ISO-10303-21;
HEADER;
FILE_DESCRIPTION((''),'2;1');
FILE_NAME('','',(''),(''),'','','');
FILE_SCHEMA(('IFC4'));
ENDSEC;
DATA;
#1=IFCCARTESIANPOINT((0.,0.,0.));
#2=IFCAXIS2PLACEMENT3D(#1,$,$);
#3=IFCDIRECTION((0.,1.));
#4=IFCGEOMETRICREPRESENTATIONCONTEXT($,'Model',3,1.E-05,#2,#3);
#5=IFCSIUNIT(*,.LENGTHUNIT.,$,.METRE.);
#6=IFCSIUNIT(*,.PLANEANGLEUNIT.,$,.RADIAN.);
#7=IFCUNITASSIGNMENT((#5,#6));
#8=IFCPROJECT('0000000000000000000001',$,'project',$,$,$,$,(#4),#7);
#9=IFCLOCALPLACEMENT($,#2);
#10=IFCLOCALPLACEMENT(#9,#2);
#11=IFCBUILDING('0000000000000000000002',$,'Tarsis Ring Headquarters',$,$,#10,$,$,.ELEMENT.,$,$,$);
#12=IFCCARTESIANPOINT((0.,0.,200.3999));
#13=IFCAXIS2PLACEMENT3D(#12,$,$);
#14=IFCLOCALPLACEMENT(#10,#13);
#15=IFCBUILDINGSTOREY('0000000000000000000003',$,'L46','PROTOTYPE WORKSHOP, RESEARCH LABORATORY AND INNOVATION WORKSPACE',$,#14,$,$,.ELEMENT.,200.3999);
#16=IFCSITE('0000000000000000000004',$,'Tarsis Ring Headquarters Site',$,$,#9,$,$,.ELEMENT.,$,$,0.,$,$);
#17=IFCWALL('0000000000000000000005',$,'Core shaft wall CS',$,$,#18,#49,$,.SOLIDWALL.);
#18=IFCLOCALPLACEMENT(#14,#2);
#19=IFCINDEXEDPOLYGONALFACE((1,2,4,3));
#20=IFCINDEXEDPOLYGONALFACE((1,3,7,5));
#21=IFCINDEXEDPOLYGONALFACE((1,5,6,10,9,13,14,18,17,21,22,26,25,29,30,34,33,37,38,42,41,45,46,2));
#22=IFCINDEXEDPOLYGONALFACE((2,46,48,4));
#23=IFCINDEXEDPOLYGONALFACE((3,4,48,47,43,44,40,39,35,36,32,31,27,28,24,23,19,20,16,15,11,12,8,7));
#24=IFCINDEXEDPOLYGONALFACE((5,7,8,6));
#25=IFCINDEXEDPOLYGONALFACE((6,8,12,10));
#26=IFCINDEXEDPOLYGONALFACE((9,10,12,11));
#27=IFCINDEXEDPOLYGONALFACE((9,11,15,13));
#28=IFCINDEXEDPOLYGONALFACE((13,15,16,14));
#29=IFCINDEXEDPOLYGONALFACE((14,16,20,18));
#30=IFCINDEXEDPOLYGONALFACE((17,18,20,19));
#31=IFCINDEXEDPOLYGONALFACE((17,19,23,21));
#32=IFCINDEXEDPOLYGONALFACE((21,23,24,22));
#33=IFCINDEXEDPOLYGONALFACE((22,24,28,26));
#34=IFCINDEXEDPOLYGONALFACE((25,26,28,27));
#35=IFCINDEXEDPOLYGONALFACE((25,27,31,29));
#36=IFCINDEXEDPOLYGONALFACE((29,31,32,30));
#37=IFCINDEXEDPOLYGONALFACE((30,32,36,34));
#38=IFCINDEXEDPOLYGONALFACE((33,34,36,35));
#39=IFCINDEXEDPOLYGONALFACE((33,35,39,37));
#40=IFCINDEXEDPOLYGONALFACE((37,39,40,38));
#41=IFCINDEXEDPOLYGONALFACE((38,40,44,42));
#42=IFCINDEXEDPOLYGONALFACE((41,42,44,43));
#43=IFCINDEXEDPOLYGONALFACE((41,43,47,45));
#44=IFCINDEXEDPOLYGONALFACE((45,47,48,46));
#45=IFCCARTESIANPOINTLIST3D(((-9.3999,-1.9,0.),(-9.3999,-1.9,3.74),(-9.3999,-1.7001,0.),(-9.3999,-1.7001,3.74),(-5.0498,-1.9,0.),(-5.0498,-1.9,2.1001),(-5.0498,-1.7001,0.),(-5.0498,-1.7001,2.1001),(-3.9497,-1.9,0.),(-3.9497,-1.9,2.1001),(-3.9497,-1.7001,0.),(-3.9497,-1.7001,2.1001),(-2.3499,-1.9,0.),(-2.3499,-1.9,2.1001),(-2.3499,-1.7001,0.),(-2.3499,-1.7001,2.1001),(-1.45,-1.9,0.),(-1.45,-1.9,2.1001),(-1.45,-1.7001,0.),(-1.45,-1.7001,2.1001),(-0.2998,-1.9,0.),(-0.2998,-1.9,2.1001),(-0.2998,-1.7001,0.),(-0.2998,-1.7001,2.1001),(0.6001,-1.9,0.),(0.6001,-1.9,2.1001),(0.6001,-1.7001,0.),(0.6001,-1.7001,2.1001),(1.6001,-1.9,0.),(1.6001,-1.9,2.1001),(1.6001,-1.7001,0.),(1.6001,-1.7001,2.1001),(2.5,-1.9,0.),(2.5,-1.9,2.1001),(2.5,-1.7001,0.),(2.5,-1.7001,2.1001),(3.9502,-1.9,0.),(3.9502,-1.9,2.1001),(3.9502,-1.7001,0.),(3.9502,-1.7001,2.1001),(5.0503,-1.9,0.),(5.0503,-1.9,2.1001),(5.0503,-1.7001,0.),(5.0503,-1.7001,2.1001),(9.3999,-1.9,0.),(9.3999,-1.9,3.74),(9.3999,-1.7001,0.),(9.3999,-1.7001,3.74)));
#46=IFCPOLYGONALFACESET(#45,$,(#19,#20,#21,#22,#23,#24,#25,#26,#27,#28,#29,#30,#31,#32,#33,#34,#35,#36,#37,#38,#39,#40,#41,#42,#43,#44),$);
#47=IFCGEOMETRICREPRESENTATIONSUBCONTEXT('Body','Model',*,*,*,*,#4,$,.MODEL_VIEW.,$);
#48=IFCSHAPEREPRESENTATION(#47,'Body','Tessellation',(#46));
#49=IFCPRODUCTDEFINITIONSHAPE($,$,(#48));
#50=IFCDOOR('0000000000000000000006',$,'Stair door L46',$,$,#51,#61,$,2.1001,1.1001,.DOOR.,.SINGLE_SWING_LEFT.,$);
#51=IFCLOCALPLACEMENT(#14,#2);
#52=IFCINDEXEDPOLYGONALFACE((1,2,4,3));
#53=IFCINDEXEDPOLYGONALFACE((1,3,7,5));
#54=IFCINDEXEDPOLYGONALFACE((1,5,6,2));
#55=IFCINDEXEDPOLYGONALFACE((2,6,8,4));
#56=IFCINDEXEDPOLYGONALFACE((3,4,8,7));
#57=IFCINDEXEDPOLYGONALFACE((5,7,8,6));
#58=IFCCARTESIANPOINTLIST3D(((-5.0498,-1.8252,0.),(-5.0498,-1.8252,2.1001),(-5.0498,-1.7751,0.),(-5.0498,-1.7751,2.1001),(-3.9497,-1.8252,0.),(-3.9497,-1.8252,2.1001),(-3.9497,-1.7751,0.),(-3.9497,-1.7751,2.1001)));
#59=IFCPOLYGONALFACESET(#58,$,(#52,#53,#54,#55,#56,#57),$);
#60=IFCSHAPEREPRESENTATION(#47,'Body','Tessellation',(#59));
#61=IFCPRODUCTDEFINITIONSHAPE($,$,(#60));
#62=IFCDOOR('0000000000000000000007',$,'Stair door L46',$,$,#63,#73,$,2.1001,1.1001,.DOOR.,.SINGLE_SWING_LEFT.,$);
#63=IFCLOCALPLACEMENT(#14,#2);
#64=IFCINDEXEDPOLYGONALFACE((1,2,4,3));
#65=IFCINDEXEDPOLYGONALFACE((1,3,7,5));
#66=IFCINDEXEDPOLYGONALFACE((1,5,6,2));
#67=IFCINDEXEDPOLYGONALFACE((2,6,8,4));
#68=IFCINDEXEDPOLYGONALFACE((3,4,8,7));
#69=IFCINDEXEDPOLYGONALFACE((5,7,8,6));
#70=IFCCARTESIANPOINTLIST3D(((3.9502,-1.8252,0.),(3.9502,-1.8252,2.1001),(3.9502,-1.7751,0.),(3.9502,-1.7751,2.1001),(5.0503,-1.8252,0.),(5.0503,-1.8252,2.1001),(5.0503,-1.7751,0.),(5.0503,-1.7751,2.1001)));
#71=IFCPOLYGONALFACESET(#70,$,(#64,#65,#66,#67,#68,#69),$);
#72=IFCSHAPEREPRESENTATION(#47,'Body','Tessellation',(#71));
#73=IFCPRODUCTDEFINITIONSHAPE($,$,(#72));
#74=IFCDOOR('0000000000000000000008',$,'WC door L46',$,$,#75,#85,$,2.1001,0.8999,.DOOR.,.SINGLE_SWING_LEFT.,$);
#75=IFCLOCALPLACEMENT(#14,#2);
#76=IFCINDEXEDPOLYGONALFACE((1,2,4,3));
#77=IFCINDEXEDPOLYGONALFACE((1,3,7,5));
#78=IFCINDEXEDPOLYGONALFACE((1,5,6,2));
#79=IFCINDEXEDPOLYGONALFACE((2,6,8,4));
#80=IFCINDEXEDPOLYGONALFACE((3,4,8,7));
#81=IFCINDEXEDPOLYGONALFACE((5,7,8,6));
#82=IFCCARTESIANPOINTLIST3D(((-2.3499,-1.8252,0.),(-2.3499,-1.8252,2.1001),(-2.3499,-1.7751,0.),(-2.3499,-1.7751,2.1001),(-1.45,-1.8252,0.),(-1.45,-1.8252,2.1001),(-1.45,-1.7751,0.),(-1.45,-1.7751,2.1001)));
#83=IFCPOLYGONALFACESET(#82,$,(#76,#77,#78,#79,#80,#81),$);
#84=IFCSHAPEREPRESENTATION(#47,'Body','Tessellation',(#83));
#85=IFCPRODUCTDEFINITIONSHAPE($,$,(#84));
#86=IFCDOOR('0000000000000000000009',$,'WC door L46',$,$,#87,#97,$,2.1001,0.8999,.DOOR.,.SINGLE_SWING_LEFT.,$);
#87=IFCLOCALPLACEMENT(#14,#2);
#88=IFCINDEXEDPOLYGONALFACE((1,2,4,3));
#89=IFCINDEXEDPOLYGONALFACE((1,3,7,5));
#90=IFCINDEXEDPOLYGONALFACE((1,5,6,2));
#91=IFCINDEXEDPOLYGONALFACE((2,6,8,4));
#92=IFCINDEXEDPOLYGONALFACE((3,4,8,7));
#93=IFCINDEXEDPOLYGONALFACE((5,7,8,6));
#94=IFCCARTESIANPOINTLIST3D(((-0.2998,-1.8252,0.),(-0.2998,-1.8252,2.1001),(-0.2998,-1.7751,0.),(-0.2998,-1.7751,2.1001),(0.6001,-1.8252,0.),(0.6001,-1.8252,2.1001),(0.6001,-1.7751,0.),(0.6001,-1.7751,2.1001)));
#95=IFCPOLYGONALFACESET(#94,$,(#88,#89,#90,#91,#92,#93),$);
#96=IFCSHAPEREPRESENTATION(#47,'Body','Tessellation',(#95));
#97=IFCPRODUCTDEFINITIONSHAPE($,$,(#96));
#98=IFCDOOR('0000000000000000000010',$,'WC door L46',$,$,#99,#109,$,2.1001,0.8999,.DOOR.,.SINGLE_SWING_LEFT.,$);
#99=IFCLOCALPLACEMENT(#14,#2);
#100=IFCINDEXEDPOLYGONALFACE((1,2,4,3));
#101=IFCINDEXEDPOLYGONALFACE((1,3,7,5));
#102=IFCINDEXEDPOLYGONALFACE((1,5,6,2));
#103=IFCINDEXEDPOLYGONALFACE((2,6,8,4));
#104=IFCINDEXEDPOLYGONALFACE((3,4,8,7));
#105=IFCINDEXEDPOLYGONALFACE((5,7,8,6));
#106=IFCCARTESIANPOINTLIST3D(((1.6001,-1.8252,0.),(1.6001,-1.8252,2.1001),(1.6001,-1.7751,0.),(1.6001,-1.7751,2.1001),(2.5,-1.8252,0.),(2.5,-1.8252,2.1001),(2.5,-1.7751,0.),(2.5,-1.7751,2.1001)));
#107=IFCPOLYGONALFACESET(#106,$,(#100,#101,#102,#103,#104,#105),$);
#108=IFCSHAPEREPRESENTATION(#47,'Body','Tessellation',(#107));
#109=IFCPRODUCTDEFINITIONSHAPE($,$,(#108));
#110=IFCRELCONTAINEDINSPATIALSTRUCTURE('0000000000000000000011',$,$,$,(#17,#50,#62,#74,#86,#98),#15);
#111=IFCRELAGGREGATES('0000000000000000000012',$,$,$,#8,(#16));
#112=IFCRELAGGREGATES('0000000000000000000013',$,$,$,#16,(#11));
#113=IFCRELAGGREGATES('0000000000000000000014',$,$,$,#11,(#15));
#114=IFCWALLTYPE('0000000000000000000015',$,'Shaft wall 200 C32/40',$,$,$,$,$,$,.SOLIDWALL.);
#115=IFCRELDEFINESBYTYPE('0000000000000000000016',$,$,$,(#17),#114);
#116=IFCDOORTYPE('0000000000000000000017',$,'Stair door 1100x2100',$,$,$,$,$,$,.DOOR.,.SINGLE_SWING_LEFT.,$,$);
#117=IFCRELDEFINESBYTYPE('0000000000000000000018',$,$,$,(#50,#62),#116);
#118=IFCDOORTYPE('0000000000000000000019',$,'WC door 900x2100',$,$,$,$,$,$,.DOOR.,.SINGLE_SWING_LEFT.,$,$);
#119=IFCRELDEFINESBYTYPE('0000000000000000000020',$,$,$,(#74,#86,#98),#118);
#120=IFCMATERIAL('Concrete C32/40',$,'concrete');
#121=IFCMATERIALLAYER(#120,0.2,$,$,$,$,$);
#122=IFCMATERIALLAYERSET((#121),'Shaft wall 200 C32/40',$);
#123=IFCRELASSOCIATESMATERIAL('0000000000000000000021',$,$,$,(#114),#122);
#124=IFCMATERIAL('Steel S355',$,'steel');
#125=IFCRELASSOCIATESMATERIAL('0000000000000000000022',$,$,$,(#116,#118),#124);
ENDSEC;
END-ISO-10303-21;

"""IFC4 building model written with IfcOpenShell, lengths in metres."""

from ifc_helpers import new_model, si_unit, direction, frame, frame_2d, origin, place, context, subcontext, project, spatial, rectangle, extrude, material, layer, layer_set, type_object, element, fill, save


model = new_model("IFC4")

# Units and contexts
model_context = context("Model", 3, precision=1e-05, world=origin(), true_north=direction((0.0, 1.0)))
body_context = subcontext(model_context, "Body", "Model", "MODEL_VIEW")
ifc_project = project(units=[si_unit("LENGTHUNIT", "METRE"), si_unit("PLANEANGLEUNIT", "RADIAN")], contexts=[model_context])

# Site, building, storey
site_placement = place(None, origin())
site = spatial("IfcSite", under=ifc_project, at=site_placement, Name="Tarsis Ring Headquarters Site", CompositionType="ELEMENT", RefElevation=0.0)
building_placement = place(site_placement, origin())
building = spatial("IfcBuilding", under=site, at=building_placement, Name="Tarsis Ring Headquarters", CompositionType="ELEMENT")
storey_placement = place(building_placement, frame((0.0, 0.0, 200.3999)))
storey = spatial("IfcBuildingStorey", under=building, at=storey_placement, Name="L46", Description="PROTOTYPE WORKSHOP, RESEARCH LABORATORY AND INNOVATION WORKSPACE", CompositionType="ELEMENT", Elevation=200.3999)

# Shared definitions
ifc_material_1 = material(Name="Steel S355", Category="steel")

# Wall, openings, doors
ifc_material_2 = material(Name="Concrete C32/40", Category="concrete")
ifc_layer_1 = layer(ifc_material_2, 0.2)
ifc_layer_set_1 = layer_set([ifc_layer_1], Name="Shaft wall 200 C32/40")
wall_type_1 = type_object("IfcWallType", Name="Shaft wall 200 C32/40", PredefinedType="SOLIDWALL", material=ifc_layer_set_1)
door_type_1 = type_object("IfcDoorType", Name="Stair door 1100x2100", OperationType="SINGLE_SWING_LEFT", PredefinedType="DOOR", material=ifc_material_1)
wall_1_placement = place(storey_placement, frame((-9.3999, -1.8, 0.0), z_axis=(0.0, 0.0, 1.0), x_axis=(1.0, 0.0, 0.0)))
wall_1 = element("IfcWall", 1, at=wall_1_placement, inside=storey, type_object=wall_type_1, Name="Core shaft wall CS", PredefinedType="SOLIDWALL", context=body_context, shape_type="SweptSolid", body=[
    extrude(rectangle(XDim=18.7998, YDim=0.2, at=frame_2d((9.3999, 0.0))), origin(), (0.0, 0.0, 1.0), 3.74),
])
opening_1_placement = place(wall_1_placement, frame((4.3501, 0.0, 0.0)))
opening_1 = element("IfcOpeningElement", 2, at=opening_1_placement, cuts=wall_1, PredefinedType="OPENING", context=body_context, shape_type="SweptSolid", body=[
    extrude(rectangle(XDim=1.1001, YDim=2.1001, at=frame_2d((0.55, 1.05))), frame((0.0, 0.1099, 0.0), z_axis=(0.0, -1.0, 0.0), x_axis=(1.0, 0.0, 0.0)), (0.0, 0.0, 1.0), 0.22),
])
opening_2_placement = place(wall_1_placement, frame((7.05, 0.0, 0.0)))
opening_2 = element("IfcOpeningElement", 3, at=opening_2_placement, cuts=wall_1, PredefinedType="OPENING", context=body_context, shape_type="SweptSolid", body=[
    extrude(rectangle(XDim=0.8999, YDim=2.1001, at=frame_2d((0.45, 1.05))), frame((0.0, 0.1099, 0.0), z_axis=(0.0, -1.0, 0.0), x_axis=(1.0, 0.0, 0.0)), (0.0, 0.0, 1.0), 0.22),
])
opening_3_placement = place(wall_1_placement, frame((9.1001, 0.0, 0.0)))
opening_3 = element("IfcOpeningElement", 4, at=opening_3_placement, cuts=wall_1, PredefinedType="OPENING", context=body_context, shape_type="SweptSolid", body=[
    extrude(rectangle(XDim=0.8999, YDim=2.1001, at=frame_2d((0.45, 1.05))), frame((0.0, 0.1099, 0.0), z_axis=(0.0, -1.0, 0.0), x_axis=(1.0, 0.0, 0.0)), (0.0, 0.0, 1.0), 0.22),
])
opening_4_placement = place(wall_1_placement, frame((11.0, 0.0, 0.0)))
opening_4 = element("IfcOpeningElement", 5, at=opening_4_placement, cuts=wall_1, PredefinedType="OPENING", context=body_context, shape_type="SweptSolid", body=[
    extrude(rectangle(XDim=0.8999, YDim=2.1001, at=frame_2d((0.45, 1.05))), frame((0.0, 0.1099, 0.0), z_axis=(0.0, -1.0, 0.0), x_axis=(1.0, 0.0, 0.0)), (0.0, 0.0, 1.0), 0.22),
])
opening_5_placement = place(wall_1_placement, frame((13.3501, 0.0, 0.0)))
opening_5 = element("IfcOpeningElement", 6, at=opening_5_placement, cuts=wall_1, PredefinedType="OPENING", context=body_context, shape_type="SweptSolid", body=[
    extrude(rectangle(XDim=1.1001, YDim=2.1001, at=frame_2d((0.55, 1.05))), frame((0.0, 0.1099, 0.0), z_axis=(0.0, -1.0, 0.0), x_axis=(1.0, 0.0, 0.0)), (0.0, 0.0, 1.0), 0.22),
])
door_1_placement = place(opening_1_placement, origin())
door_1 = element("IfcDoor", 7, at=door_1_placement, inside=storey, type_object=door_type_1, Name="Stair door L46", OperationType="SINGLE_SWING_LEFT", OverallHeight=2.1001, OverallWidth=1.1001, PredefinedType="DOOR", context=body_context, shape_type="SweptSolid", body=[
    extrude(rectangle(XDim=1.1001, YDim=2.1001, at=frame_2d((0.55, 1.05))), frame((0.0, 0.0249, 0.0), z_axis=(0.0, -1.0, 0.0), x_axis=(1.0, 0.0, 0.0)), (0.0, 0.0, 1.0), 0.05),
])
fill(opening_1, door_1)
door_2_placement = place(opening_5_placement, origin())
door_2 = element("IfcDoor", 8, at=door_2_placement, inside=storey, type_object=door_type_1, Name="Stair door L46", OperationType="SINGLE_SWING_LEFT", OverallHeight=2.1001, OverallWidth=1.1001, PredefinedType="DOOR", context=body_context, shape_type="SweptSolid", body=[
    extrude(rectangle(XDim=1.1001, YDim=2.1001, at=frame_2d((0.55, 1.05))), frame((0.0, 0.0249, 0.0), z_axis=(0.0, -1.0, 0.0), x_axis=(1.0, 0.0, 0.0)), (0.0, 0.0, 1.0), 0.05),
])
fill(opening_5, door_2)
door_type_2 = type_object("IfcDoorType", Name="WC door 900x2100", OperationType="SINGLE_SWING_LEFT", PredefinedType="DOOR", material=ifc_material_1)
door_3_placement = place(opening_2_placement, origin())
door_3 = element("IfcDoor", 9, at=door_3_placement, inside=storey, type_object=door_type_2, Name="WC door L46", OperationType="SINGLE_SWING_LEFT", OverallHeight=2.1001, OverallWidth=0.8999, PredefinedType="DOOR", context=body_context, shape_type="SweptSolid", body=[
    extrude(rectangle(XDim=0.8999, YDim=2.1001, at=frame_2d((0.45, 1.05))), frame((0.0, 0.0249, 0.0), z_axis=(0.0, -1.0, 0.0), x_axis=(1.0, 0.0, 0.0)), (0.0, 0.0, 1.0), 0.05),
])
fill(opening_2, door_3)
door_4_placement = place(opening_3_placement, origin())
door_4 = element("IfcDoor", 10, at=door_4_placement, inside=storey, type_object=door_type_2, Name="WC door L46", OperationType="SINGLE_SWING_LEFT", OverallHeight=2.1001, OverallWidth=0.8999, PredefinedType="DOOR", context=body_context, shape_type="SweptSolid", body=[
    extrude(rectangle(XDim=0.8999, YDim=2.1001, at=frame_2d((0.45, 1.05))), frame((0.0, 0.0249, 0.0), z_axis=(0.0, -1.0, 0.0), x_axis=(1.0, 0.0, 0.0)), (0.0, 0.0, 1.0), 0.05),
])
fill(opening_3, door_4)
door_5_placement = place(opening_4_placement, origin())
door_5 = element("IfcDoor", 11, at=door_5_placement, inside=storey, type_object=door_type_2, Name="WC door L46", OperationType="SINGLE_SWING_LEFT", OverallHeight=2.1001, OverallWidth=0.8999, PredefinedType="DOOR", context=body_context, shape_type="SweptSolid", body=[
    extrude(rectangle(XDim=0.8999, YDim=2.1001, at=frame_2d((0.45, 1.05))), frame((0.0, 0.0249, 0.0), z_axis=(0.0, -1.0, 0.0), x_axis=(1.0, 0.0, 0.0)), (0.0, 0.0, 1.0), 0.05),
])
fill(opening_4, door_5)

save(model, "model.ifc")
